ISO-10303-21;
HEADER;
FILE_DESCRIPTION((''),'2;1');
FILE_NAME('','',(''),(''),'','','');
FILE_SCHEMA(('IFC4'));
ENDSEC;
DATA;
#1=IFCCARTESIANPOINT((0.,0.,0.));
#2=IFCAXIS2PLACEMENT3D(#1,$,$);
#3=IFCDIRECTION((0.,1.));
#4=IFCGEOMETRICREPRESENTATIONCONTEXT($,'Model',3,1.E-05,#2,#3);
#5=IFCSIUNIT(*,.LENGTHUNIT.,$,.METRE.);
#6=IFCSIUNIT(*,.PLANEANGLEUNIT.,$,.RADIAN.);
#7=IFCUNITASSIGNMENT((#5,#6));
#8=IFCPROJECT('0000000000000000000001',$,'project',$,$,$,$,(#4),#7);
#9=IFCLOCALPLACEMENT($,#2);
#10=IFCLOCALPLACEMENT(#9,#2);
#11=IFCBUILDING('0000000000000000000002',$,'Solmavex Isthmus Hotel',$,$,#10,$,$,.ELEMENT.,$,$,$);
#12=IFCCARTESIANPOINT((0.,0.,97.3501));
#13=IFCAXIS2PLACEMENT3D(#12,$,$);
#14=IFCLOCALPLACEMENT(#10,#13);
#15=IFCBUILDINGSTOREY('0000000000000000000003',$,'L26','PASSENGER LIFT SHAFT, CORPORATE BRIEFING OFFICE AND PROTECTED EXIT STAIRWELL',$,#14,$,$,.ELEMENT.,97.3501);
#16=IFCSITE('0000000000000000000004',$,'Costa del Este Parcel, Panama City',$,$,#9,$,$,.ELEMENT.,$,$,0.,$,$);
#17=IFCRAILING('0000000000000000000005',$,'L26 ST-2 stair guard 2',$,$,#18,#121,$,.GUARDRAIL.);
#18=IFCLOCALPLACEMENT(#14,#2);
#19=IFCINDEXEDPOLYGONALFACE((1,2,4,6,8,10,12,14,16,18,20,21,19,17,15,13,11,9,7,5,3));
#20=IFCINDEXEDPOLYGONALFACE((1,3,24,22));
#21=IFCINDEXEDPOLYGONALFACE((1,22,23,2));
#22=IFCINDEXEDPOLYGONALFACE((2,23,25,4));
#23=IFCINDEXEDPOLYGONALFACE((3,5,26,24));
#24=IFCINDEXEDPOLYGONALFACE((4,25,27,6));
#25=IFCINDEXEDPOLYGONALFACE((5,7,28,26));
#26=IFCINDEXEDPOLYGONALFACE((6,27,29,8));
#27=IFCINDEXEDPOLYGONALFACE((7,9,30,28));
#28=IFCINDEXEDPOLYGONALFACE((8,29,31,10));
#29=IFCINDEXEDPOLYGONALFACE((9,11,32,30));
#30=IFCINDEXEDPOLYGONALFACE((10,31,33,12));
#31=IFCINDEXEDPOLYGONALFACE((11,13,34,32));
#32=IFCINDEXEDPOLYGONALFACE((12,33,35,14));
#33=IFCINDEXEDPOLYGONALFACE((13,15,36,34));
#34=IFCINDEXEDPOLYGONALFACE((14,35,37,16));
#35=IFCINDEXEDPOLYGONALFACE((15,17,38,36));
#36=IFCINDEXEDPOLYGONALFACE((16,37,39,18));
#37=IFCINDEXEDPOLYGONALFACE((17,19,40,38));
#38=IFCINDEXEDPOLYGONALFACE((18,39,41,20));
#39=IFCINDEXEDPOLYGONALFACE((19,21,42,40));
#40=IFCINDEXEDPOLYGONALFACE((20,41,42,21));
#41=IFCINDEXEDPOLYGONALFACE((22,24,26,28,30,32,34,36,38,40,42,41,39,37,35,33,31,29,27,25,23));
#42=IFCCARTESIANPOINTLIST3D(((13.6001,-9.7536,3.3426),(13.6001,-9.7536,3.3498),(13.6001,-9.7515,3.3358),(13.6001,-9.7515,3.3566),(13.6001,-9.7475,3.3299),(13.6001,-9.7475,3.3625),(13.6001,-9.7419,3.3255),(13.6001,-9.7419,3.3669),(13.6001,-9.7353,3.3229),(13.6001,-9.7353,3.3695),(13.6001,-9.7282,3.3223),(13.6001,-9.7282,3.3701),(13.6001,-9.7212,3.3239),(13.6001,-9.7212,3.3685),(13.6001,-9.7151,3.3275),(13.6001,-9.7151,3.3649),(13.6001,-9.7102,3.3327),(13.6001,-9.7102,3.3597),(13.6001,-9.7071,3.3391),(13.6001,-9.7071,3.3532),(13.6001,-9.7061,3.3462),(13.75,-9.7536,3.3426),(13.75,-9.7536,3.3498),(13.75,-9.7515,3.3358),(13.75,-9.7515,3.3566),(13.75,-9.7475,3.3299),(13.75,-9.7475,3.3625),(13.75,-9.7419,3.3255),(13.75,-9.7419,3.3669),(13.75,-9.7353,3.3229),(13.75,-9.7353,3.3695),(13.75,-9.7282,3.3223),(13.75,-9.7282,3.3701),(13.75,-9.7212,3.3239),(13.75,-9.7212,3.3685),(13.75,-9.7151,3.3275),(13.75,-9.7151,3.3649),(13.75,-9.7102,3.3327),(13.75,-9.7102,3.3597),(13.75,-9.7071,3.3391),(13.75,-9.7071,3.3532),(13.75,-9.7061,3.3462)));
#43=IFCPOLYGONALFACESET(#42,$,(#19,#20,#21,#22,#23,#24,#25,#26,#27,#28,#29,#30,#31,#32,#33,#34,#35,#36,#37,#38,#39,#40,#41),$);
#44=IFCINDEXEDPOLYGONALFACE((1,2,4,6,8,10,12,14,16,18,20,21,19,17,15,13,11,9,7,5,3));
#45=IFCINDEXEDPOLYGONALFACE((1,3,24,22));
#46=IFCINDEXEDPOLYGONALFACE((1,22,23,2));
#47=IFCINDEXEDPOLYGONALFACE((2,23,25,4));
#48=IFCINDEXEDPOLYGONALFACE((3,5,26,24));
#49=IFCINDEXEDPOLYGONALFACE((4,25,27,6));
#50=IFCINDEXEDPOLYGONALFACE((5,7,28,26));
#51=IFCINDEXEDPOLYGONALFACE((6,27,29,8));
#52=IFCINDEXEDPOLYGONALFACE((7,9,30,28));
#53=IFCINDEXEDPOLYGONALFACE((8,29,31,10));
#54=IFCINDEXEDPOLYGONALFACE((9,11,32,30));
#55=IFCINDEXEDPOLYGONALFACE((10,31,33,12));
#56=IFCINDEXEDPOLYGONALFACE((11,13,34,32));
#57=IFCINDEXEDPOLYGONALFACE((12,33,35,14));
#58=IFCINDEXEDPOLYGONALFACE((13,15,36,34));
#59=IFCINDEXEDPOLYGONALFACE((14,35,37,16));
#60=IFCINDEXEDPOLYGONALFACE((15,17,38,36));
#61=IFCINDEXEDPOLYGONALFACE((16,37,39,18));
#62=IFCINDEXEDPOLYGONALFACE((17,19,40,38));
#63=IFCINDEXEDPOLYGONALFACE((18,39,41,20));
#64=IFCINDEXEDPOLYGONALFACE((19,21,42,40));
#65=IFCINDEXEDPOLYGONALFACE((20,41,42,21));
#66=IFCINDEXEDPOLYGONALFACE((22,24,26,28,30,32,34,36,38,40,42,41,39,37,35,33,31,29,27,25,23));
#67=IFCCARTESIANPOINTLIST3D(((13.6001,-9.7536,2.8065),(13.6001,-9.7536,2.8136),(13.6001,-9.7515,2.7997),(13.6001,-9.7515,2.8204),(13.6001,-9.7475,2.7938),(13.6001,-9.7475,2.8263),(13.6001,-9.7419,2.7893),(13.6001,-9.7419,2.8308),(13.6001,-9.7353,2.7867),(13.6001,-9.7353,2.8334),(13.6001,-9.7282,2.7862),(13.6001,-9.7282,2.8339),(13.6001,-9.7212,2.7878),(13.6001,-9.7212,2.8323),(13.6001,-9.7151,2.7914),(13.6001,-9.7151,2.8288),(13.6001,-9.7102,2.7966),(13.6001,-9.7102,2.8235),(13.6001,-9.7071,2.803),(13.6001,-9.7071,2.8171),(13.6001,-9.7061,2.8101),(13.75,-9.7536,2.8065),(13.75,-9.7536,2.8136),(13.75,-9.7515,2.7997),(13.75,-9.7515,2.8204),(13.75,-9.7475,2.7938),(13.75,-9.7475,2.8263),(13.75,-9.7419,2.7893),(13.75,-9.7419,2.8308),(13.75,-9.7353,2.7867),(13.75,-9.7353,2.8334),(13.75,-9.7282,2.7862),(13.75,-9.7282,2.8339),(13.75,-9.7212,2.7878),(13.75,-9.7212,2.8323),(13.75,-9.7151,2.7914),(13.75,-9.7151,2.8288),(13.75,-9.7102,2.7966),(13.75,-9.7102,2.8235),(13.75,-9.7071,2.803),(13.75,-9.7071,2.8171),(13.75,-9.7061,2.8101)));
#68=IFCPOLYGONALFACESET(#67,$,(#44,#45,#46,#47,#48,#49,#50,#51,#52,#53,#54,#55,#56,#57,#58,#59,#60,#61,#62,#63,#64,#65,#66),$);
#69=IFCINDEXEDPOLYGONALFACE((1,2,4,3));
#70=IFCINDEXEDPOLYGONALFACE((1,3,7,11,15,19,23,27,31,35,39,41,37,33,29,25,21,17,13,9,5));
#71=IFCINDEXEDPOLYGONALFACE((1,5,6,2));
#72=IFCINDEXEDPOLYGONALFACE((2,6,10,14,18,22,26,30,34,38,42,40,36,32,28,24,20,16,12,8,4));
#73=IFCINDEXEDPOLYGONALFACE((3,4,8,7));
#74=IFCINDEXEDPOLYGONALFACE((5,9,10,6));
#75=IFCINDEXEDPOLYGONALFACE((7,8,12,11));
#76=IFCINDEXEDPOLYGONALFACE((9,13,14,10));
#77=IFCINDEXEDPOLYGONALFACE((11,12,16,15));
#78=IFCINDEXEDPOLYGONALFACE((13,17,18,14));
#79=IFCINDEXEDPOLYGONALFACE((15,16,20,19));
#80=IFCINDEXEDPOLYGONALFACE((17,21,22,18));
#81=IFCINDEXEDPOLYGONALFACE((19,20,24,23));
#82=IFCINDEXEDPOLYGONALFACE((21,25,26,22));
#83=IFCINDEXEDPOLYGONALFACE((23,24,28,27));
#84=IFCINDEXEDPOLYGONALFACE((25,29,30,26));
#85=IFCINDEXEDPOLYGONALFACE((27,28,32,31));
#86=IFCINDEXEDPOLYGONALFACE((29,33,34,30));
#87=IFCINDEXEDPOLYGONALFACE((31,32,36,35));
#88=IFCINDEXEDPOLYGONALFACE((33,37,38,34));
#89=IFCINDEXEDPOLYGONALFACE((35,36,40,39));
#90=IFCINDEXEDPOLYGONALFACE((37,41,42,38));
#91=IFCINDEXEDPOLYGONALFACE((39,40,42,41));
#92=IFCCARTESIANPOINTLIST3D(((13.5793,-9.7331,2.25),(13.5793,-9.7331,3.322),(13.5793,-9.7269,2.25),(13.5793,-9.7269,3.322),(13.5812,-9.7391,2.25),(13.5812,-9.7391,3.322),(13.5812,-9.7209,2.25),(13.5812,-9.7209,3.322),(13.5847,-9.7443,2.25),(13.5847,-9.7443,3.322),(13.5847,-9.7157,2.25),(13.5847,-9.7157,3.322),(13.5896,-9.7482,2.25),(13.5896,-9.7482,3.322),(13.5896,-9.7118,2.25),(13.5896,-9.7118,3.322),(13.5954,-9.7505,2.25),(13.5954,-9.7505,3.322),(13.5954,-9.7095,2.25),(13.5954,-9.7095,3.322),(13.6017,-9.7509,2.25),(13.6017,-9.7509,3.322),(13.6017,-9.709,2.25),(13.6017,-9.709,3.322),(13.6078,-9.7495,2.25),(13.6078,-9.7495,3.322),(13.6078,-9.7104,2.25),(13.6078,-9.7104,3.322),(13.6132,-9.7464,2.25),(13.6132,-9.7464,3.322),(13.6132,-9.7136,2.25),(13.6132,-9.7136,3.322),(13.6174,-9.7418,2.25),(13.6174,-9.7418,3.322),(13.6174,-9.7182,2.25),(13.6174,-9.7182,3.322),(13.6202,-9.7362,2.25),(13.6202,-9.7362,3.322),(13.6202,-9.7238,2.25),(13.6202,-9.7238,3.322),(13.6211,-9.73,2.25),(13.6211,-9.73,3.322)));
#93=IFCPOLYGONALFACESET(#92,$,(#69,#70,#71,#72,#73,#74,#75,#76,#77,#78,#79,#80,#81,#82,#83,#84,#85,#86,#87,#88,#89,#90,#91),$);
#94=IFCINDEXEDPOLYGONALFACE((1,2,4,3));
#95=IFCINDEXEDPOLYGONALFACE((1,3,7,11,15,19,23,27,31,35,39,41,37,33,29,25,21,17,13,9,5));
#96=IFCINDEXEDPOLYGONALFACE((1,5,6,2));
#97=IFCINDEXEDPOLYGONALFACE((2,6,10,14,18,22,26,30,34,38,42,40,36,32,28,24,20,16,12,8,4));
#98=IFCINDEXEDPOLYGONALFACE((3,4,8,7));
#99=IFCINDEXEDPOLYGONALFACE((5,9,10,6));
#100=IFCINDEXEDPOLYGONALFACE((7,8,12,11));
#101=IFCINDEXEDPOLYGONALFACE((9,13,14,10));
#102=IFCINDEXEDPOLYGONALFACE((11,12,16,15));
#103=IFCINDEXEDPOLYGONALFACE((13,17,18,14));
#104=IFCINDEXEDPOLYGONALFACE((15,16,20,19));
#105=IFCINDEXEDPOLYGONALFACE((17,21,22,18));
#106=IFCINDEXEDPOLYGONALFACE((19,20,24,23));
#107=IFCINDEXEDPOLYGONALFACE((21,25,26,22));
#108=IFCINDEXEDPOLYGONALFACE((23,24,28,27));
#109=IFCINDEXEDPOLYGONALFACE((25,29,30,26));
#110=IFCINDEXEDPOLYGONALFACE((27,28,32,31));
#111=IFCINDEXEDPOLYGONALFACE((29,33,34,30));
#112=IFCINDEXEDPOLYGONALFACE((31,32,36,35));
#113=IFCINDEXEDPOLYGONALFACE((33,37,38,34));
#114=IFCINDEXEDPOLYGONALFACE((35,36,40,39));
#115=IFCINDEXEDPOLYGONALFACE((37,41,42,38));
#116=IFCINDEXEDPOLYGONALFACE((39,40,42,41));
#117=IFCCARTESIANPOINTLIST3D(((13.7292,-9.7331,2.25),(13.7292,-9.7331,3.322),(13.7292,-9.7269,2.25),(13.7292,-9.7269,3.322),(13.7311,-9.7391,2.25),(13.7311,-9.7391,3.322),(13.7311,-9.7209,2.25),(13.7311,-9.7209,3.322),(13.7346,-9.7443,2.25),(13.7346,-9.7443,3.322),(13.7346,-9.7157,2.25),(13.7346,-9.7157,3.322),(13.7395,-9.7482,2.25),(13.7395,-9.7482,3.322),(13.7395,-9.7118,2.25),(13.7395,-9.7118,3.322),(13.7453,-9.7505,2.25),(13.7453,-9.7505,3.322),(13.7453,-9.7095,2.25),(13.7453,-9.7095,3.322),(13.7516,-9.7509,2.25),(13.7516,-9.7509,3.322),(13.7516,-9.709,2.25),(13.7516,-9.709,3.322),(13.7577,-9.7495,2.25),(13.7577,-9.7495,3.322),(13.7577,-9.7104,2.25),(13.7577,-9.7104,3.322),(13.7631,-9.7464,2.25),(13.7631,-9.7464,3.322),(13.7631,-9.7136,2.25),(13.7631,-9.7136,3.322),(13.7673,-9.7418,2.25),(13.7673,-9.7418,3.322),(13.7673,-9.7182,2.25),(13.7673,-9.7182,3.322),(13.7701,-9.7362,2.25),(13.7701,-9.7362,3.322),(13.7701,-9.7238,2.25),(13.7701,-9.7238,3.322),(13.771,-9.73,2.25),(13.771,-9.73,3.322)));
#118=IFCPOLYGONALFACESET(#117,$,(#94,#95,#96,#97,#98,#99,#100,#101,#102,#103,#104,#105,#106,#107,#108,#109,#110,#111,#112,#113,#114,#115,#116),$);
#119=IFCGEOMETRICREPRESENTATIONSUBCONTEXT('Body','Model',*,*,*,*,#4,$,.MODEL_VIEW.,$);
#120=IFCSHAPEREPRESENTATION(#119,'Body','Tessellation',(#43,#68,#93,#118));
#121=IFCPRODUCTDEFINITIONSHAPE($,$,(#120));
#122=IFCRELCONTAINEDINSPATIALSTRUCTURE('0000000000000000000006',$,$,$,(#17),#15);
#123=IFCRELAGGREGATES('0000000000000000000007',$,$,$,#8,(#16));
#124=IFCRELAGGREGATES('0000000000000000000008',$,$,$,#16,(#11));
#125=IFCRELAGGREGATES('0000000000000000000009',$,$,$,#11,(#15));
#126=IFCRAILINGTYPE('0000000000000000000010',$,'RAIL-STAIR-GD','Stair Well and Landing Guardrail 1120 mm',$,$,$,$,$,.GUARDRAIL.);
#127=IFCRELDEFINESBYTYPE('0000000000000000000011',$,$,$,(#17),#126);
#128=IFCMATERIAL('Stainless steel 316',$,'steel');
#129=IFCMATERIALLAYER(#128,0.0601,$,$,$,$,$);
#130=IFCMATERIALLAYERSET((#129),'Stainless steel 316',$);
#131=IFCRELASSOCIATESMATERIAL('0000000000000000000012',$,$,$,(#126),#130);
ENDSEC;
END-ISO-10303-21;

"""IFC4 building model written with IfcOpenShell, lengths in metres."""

from ifc_helpers import new_model, si_unit, direction, frame, origin, origin_2d, place, context, subcontext, project, spatial, circle, extrude, material, layer, layer_set, type_object, element, save


model = new_model("IFC4")

# Units and contexts
model_context = context("Model", 3, precision=1e-05, world=origin(), true_north=direction((0.0, 1.0)))
body_context = subcontext(model_context, "Body", "Model", "MODEL_VIEW")
ifc_project = project(units=[si_unit("LENGTHUNIT", "METRE"), si_unit("PLANEANGLEUNIT", "RADIAN")], contexts=[model_context])

# Site, building, storey
site_placement = place(None, origin())
site = spatial("IfcSite", under=ifc_project, at=site_placement, Name="Costa del Este Parcel, Panama City", CompositionType="ELEMENT", RefElevation=0.0)
building_placement = place(site_placement, origin())
building = spatial("IfcBuilding", under=site, at=building_placement, Name="Solmavex Isthmus Hotel", CompositionType="ELEMENT")
storey_placement = place(building_placement, frame((0.0, 0.0, 97.3501)))
storey = spatial("IfcBuildingStorey", under=building, at=storey_placement, Name="L26", Description="PASSENGER LIFT SHAFT, CORPORATE BRIEFING OFFICE AND PROTECTED EXIT STAIRWELL", CompositionType="ELEMENT", Elevation=97.3501)

# Shared definitions
ifc_material_1 = material(Name="Stainless steel 316", Category="steel")

# Railing
ifc_layer_1 = layer(ifc_material_1, 0.0601)
ifc_layer_set_1 = layer_set([ifc_layer_1], Name="Stainless steel 316")
railing_type_1 = type_object("IfcRailingType", Name="RAIL-STAIR-GD", Description="Stair Well and Landing Guardrail 1120 mm", PredefinedType="GUARDRAIL", material=ifc_layer_set_1)
railing_1_placement = place(storey_placement, frame((13.6001, -9.73, 2.25)))
element("IfcRailing", 1, at=railing_1_placement, inside=storey, type_object=railing_type_1, Name="L26 ST-2 stair guard 2", PredefinedType="GUARDRAIL", context=body_context, shape_type="SweptSolid", body=[
    extrude(circle(Radius=0.0239, at=origin_2d()), frame((0.0, 0.0, 1.0962), z_axis=(1.0, 0.0, 0.0), x_axis=(0.0, 1.0, 0.0)), (0.0, 0.0, 1.0), 0.1499),
    extrude(circle(Radius=0.0239, at=origin_2d()), frame((0.0, 0.0, 0.5601), z_axis=(1.0, 0.0, 0.0), x_axis=(0.0, 1.0, 0.0)), (0.0, 0.0, 1.0), 0.1499),
    extrude(circle(Radius=0.021, at=origin_2d()), origin(), (0.0, 0.0, 1.0), 1.072),
    extrude(circle(Radius=0.021, at=origin_2d()), frame((0.1499, 0.0, 0.0)), (0.0, 0.0, 1.0), 1.072),
])

save(model, "model.ifc")
